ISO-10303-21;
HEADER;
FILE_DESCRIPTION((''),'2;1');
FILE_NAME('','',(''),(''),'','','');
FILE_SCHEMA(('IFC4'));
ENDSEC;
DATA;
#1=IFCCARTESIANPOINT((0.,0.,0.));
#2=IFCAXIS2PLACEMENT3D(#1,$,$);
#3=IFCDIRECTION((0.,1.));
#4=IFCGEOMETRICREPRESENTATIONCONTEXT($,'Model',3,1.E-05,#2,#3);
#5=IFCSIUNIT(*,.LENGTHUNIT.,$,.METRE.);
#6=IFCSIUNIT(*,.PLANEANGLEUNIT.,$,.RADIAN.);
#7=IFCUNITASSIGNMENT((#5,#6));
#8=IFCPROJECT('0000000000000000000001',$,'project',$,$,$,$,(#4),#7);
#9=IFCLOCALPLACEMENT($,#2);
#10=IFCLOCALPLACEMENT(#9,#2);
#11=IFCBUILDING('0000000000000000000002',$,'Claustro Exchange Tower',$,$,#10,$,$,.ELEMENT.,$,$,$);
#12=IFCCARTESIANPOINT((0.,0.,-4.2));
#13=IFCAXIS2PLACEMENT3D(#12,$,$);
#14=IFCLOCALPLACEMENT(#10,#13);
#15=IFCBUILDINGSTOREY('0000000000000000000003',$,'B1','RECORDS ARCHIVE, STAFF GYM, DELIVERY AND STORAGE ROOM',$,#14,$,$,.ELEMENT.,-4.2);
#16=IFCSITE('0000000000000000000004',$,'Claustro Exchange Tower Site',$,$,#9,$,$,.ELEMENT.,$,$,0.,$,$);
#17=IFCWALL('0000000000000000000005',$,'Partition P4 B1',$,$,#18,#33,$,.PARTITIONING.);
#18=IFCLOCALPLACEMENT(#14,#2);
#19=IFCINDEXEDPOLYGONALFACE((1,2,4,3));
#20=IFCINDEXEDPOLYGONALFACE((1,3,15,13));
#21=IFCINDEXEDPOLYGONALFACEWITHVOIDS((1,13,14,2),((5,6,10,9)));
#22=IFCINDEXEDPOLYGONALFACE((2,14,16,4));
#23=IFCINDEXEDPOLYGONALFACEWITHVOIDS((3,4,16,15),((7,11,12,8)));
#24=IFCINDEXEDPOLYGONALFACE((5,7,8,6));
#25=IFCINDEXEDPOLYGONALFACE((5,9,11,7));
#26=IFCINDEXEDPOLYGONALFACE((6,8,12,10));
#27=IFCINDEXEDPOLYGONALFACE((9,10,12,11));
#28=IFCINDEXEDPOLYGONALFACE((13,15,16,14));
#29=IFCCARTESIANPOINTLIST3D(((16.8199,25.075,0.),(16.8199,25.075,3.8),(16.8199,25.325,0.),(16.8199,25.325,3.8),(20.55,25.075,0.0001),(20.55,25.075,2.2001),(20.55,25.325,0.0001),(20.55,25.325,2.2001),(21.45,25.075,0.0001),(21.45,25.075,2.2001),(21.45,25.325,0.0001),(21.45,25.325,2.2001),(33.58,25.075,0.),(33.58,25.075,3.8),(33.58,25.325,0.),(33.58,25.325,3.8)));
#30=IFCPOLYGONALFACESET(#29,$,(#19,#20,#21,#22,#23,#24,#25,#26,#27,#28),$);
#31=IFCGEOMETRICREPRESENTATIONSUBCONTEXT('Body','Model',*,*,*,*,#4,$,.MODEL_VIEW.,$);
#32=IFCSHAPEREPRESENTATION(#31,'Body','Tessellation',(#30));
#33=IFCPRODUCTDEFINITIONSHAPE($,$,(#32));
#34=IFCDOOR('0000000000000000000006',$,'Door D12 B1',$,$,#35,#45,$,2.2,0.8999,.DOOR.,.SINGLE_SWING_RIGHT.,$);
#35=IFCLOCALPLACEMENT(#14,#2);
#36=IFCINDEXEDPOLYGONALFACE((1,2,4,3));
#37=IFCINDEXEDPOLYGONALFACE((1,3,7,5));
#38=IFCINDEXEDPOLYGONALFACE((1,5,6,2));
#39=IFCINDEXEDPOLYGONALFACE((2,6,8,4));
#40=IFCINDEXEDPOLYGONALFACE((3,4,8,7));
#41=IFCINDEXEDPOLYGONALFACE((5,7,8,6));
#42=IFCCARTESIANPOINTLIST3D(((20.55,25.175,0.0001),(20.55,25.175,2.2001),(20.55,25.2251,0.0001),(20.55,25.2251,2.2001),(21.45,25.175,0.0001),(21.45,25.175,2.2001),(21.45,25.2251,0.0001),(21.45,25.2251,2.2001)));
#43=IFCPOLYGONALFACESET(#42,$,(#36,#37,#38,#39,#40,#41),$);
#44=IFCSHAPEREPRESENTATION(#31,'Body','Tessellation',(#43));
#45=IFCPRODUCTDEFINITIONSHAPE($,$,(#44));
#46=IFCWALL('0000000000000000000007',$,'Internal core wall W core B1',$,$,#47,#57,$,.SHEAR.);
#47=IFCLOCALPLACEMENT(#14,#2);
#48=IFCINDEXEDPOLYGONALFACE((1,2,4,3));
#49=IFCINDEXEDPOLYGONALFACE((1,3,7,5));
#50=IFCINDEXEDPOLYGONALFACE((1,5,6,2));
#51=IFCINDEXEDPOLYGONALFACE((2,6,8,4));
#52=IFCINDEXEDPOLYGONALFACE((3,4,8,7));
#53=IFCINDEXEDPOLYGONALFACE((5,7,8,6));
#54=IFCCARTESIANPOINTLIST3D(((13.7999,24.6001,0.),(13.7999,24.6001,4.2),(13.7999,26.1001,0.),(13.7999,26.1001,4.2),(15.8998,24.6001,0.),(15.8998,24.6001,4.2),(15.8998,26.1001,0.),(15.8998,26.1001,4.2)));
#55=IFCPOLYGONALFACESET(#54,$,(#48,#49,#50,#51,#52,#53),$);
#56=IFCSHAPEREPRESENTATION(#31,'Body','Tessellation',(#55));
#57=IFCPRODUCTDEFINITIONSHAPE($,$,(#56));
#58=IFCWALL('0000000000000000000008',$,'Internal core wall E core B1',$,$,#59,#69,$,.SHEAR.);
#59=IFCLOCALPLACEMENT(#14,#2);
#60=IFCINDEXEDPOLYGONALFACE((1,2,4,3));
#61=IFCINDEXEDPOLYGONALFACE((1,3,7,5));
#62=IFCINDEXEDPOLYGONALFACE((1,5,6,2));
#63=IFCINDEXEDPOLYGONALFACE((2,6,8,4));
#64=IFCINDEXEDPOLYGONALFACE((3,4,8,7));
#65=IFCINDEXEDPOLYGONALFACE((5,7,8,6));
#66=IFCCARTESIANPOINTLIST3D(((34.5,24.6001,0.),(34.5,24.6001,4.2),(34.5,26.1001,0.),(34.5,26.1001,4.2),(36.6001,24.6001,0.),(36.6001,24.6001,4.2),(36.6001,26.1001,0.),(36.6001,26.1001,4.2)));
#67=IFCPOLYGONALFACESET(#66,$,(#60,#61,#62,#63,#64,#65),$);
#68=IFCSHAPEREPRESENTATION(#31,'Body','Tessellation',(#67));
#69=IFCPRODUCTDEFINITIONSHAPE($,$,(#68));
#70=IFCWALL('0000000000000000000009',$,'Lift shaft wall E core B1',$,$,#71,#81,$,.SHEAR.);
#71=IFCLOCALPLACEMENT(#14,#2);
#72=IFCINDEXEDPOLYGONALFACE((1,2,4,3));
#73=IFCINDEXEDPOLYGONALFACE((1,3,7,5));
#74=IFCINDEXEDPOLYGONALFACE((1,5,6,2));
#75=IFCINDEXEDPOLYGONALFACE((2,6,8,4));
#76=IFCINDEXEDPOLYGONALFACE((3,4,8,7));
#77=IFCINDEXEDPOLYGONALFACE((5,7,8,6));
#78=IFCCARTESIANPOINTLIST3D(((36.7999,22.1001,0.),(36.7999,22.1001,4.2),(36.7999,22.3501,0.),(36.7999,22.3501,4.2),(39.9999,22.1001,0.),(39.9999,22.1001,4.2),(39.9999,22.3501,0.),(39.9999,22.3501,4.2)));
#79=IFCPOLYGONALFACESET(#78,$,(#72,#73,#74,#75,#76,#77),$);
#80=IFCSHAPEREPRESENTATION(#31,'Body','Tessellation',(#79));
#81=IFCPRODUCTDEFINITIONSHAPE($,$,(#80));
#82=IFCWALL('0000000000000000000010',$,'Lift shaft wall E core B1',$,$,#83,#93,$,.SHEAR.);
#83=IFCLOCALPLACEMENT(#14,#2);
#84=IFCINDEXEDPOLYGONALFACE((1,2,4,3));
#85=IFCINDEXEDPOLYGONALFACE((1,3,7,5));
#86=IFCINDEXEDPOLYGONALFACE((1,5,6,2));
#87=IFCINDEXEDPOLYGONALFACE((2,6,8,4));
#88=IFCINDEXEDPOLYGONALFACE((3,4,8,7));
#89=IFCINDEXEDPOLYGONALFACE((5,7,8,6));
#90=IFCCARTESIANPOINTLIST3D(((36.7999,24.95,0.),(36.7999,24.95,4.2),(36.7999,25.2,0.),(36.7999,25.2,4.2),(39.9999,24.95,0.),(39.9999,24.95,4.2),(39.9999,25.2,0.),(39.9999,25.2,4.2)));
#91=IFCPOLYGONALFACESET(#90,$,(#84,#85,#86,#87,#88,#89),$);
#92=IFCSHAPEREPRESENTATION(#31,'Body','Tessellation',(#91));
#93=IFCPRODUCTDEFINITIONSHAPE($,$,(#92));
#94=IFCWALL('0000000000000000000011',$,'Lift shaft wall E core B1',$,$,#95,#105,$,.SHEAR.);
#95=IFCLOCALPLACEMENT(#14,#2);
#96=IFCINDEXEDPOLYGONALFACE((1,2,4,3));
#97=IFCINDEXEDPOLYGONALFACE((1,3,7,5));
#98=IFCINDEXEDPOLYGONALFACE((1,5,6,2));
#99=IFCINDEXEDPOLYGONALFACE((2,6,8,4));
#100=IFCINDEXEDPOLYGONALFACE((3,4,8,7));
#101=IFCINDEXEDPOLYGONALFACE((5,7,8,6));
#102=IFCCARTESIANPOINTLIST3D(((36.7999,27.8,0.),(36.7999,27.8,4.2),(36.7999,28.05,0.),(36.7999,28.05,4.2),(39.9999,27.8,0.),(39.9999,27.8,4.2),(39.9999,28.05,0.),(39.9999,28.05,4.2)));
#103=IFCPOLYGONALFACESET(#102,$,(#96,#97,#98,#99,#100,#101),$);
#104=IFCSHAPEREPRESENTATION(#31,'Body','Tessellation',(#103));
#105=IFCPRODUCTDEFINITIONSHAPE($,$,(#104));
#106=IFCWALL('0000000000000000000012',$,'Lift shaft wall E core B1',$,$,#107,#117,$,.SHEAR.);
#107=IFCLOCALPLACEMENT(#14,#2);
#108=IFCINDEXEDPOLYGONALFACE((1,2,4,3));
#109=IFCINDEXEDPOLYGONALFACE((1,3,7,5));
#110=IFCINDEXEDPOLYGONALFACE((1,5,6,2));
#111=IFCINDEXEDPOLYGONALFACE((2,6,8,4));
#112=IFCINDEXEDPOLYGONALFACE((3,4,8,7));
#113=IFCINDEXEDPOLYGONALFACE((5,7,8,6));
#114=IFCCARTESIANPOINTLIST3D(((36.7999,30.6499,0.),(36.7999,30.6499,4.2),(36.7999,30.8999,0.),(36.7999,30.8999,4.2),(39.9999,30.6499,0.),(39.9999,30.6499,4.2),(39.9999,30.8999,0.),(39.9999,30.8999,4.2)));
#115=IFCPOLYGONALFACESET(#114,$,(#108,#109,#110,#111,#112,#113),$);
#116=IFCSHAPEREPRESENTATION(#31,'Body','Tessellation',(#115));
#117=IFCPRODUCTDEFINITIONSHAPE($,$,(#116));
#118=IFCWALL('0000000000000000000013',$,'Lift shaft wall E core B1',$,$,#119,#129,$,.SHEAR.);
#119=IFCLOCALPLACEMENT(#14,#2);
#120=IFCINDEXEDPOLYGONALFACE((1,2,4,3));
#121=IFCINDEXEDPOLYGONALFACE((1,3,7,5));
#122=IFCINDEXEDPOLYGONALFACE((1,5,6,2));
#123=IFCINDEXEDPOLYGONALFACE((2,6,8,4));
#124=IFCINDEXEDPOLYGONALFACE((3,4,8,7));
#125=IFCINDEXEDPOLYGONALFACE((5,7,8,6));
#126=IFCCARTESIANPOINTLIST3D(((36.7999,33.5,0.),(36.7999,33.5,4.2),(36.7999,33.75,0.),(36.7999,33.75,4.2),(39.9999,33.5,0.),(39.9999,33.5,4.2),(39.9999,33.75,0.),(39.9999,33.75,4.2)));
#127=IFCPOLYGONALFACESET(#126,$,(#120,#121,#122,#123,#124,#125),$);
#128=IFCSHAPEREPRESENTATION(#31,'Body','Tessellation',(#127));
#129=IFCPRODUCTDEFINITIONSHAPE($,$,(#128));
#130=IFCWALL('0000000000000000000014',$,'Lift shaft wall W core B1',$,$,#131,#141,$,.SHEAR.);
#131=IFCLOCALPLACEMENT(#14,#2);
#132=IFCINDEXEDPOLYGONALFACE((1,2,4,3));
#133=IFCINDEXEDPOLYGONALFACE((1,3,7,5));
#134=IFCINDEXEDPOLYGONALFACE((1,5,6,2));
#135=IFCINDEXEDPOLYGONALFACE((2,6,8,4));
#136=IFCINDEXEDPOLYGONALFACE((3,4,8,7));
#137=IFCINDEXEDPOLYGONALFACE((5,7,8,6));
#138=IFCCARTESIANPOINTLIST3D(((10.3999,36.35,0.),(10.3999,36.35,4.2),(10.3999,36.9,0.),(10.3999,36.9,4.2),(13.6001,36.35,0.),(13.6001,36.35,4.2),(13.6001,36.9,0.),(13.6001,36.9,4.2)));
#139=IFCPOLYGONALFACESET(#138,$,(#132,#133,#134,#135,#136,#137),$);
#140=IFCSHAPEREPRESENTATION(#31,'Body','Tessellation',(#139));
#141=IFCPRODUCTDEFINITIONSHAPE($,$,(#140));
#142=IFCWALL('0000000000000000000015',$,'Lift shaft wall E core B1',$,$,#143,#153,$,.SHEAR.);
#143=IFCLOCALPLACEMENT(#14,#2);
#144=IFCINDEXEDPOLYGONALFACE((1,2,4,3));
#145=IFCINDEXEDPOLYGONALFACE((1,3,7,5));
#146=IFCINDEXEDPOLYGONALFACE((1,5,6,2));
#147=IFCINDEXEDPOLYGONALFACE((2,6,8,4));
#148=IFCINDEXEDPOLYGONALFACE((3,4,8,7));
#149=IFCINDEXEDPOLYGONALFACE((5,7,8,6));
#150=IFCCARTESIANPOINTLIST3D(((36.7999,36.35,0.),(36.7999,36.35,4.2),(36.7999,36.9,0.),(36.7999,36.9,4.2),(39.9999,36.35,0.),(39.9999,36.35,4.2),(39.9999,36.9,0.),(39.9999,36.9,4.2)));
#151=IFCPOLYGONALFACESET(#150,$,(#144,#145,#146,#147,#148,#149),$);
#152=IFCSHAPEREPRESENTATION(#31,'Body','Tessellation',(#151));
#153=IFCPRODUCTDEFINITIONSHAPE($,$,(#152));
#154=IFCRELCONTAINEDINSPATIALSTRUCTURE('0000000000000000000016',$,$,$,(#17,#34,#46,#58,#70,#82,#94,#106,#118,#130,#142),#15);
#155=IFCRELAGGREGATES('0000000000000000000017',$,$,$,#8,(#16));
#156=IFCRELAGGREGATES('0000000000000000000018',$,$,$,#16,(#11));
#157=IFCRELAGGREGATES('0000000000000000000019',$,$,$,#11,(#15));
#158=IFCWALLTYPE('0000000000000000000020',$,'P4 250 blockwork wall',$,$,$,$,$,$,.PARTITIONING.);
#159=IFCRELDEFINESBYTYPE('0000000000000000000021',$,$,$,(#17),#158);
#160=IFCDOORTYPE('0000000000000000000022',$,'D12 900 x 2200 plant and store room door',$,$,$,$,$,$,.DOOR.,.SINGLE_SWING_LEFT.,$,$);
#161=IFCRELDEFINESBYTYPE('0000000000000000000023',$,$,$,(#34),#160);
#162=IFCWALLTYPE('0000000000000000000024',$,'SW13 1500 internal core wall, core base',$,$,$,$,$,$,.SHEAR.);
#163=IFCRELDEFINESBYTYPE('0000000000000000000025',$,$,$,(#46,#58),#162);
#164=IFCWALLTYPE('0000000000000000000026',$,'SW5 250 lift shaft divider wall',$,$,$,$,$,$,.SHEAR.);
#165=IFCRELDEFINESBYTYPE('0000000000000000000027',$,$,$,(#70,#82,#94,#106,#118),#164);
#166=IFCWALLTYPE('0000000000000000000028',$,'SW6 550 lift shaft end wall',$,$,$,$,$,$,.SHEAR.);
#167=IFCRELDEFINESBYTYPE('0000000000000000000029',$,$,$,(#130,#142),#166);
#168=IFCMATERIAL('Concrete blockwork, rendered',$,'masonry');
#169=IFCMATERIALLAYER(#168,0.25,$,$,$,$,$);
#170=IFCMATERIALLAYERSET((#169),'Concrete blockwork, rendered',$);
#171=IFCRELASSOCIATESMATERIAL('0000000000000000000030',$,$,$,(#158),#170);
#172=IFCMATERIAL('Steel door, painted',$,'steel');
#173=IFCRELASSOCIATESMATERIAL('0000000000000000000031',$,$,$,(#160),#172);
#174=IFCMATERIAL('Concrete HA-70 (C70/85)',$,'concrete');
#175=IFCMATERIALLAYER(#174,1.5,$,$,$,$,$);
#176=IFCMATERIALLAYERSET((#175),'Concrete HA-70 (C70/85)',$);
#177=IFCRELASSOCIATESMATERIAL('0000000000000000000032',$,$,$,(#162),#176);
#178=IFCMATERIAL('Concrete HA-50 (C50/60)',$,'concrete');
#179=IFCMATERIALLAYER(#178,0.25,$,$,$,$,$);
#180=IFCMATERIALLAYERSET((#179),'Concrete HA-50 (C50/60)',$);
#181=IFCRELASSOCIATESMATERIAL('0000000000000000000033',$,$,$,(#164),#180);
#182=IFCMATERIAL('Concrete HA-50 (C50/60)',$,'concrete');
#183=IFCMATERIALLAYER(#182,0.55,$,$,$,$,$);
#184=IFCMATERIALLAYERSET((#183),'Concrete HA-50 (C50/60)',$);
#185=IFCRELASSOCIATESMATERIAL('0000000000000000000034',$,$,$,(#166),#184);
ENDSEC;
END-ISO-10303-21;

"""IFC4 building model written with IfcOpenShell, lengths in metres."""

from ifc_helpers import new_model, si_unit, direction, frame, frame_2d, origin, place, context, subcontext, project, spatial, rectangle, extrude, material, layer, layer_set, type_object, element, fill, save


model = new_model("IFC4")

# Units and contexts
model_context = context("Model", 3, precision=1e-05, world=origin(), true_north=direction((0.0, 1.0)))
body_context = subcontext(model_context, "Body", "Model", "MODEL_VIEW")
ifc_project = project(units=[si_unit("LENGTHUNIT", "METRE"), si_unit("PLANEANGLEUNIT", "RADIAN")], contexts=[model_context])

# Site, building, storey
site_placement = place(None, origin())
site = spatial("IfcSite", under=ifc_project, at=site_placement, Name="Claustro Exchange Tower Site", CompositionType="ELEMENT", RefElevation=0.0)
building_placement = place(site_placement, origin())
building = spatial("IfcBuilding", under=site, at=building_placement, Name="Claustro Exchange Tower", CompositionType="ELEMENT")
storey_placement = place(building_placement, frame((0.0, 0.0, -4.2)))
storey = spatial("IfcBuildingStorey", under=building, at=storey_placement, Name="B1", Description="RECORDS ARCHIVE, STAFF GYM, DELIVERY AND STORAGE ROOM", CompositionType="ELEMENT", Elevation=-4.2)

# Shared definitions
ifc_material_1 = material(Name="Concrete blockwork, rendered", Category="masonry")
ifc_layer_1 = layer(ifc_material_1, 0.25)
ifc_layer_set_1 = layer_set([ifc_layer_1], Name="Concrete blockwork, rendered")
wall_type_1 = type_object("IfcWallType", Name="P4 250 blockwork wall", PredefinedType="PARTITIONING", material=ifc_layer_set_1)

# Wall, opening, door
wall_1_placement = place(storey_placement, frame((16.8201, 25.2, 0.0), z_axis=(0.0, 0.0, 1.0), x_axis=(1.0, 0.0, 0.0)))
wall_1 = element("IfcWall", 1, at=wall_1_placement, inside=storey, type_object=wall_type_1, Name="Partition P4 B1", PredefinedType="PARTITIONING", context=body_context, shape_type="SweptSolid", body=[
    extrude(rectangle(XDim=16.76, YDim=0.25, at=frame_2d((8.3799, 0.0))), origin(), (0.0, 0.0, 1.0), 3.8),
])
opening_1_placement = place(wall_1_placement, frame((3.73, 0.0, 0.0)))
opening_1 = element("IfcOpeningElement", 2, at=opening_1_placement, cuts=wall_1, PredefinedType="OPENING", context=body_context, shape_type="SweptSolid", body=[
    extrude(rectangle(XDim=0.8999, YDim=2.2, at=frame_2d((0.45, 1.1001))), frame((0.0, 0.135, 0.0), z_axis=(0.0, -1.0, 0.0), x_axis=(1.0, 0.0, 0.0)), (0.0, 0.0, 1.0), 0.27),
])
ifc_material_2 = material(Name="Steel door, painted", Category="steel")
door_type_1 = type_object("IfcDoorType", Name="D12 900 x 2200 plant and store room door", OperationType="SINGLE_SWING_LEFT", PredefinedType="DOOR", material=ifc_material_2)
door_1_placement = place(opening_1_placement, frame((0.8999, 0.0, 0.0), z_axis=(0.0, 0.0, 1.0), x_axis=(-1.0, 0.0, 0.0)))
door_1 = element("IfcDoor", 3, at=door_1_placement, inside=storey, type_object=door_type_1, Name="Door D12 B1", OperationType="SINGLE_SWING_RIGHT", OverallHeight=2.2, OverallWidth=0.8999, PredefinedType="DOOR", context=body_context, shape_type="SweptSolid", body=[
    extrude(rectangle(XDim=0.8999, YDim=2.2, at=frame_2d((0.45, 1.1001))), frame((0.0, 0.0249, 0.0), z_axis=(0.0, -1.0, 0.0), x_axis=(1.0, 0.0, 0.0)), (0.0, 0.0, 1.0), 0.05),
])
fill(opening_1, door_1)

# Walls
ifc_material_3 = material(Name="Concrete HA-70 (C70/85)", Category="concrete")
ifc_layer_2 = layer(ifc_material_3, 1.5)
ifc_layer_set_2 = layer_set([ifc_layer_2], Name="Concrete HA-70 (C70/85)")
wall_type_2 = type_object("IfcWallType", Name="SW13 1500 internal core wall, core base", PredefinedType="SHEAR", material=ifc_layer_set_2)
wall_2_placement = place(storey_placement, frame((13.8, 25.3501, 0.0), z_axis=(0.0, 0.0, 1.0), x_axis=(1.0, 0.0, 0.0)))
element("IfcWall", 4, at=wall_2_placement, inside=storey, type_object=wall_type_2, Name="Internal core wall W core B1", PredefinedType="SHEAR", context=body_context, shape_type="SweptSolid", body=[
    extrude(rectangle(XDim=2.0999, YDim=1.5, at=frame_2d((1.0498, 0.0))), origin(), (0.0, 0.0, 1.0), 4.2),
])
wall_3_placement = place(storey_placement, frame((36.6001, 25.3501, 0.0), z_axis=(0.0, 0.0, 1.0), x_axis=(-1.0, 0.0, 0.0)))
element("IfcWall", 5, at=wall_3_placement, inside=storey, type_object=wall_type_2, Name="Internal core wall E core B1", PredefinedType="SHEAR", context=body_context, shape_type="SweptSolid", body=[
    extrude(rectangle(XDim=2.1001, YDim=1.5, at=frame_2d((1.05, 0.0))), origin(), (0.0, 0.0, 1.0), 4.2),
])
ifc_material_4 = material(Name="Concrete HA-50 (C50/60)", Category="concrete")
ifc_layer_3 = layer(ifc_material_4, 0.25)
ifc_layer_set_3 = layer_set([ifc_layer_3], Name="Concrete HA-50 (C50/60)")
wall_type_3 = type_object("IfcWallType", Name="SW5 250 lift shaft divider wall", PredefinedType="SHEAR", material=ifc_layer_set_3)
for number, where, z_axis, x_axis, name in (
    (6, (40.0, 22.2251, 0.0), (0.0, 0.0, 1.0), (-1.0, 0.0, 0.0), "Lift shaft wall E core B1"),
    (7, (40.0, 25.075, 0.0), (0.0, 0.0, 1.0), (-1.0, 0.0, 0.0), "Lift shaft wall E core B1"),
    (8, (40.0, 27.925, 0.0), (0.0, 0.0, 1.0), (-1.0, 0.0, 0.0), "Lift shaft wall E core B1"),
    (9, (40.0, 30.7749, 0.0), (0.0, 0.0, 1.0), (-1.0, 0.0, 0.0), "Lift shaft wall E core B1"),
    (10, (40.0, 33.625, 0.0), (0.0, 0.0, 1.0), (-1.0, 0.0, 0.0), "Lift shaft wall E core B1"),
):
    element("IfcWall", number, at=place(storey_placement, frame(where, z_axis=z_axis, x_axis=x_axis)), inside=storey, type_object=wall_type_3, Name=name, PredefinedType="SHEAR", context=body_context, shape_type="SweptSolid", body=[
        extrude(rectangle(XDim=3.2, YDim=0.25, at=frame_2d((1.6001, 0.0))), origin(), (0.0, 0.0, 1.0), 4.2),
    ])
ifc_material_5 = material(Name="Concrete HA-50 (C50/60)", Category="concrete")
ifc_layer_4 = layer(ifc_material_5, 0.55)
ifc_layer_set_4 = layer_set([ifc_layer_4], Name="Concrete HA-50 (C50/60)")
wall_type_4 = type_object("IfcWallType", Name="SW6 550 lift shaft end wall", PredefinedType="SHEAR", material=ifc_layer_set_4)
wall_4_placement = place(storey_placement, frame((10.3999, 36.625, 0.0), z_axis=(0.0, 0.0, 1.0), x_axis=(1.0, 0.0, 0.0)))
element("IfcWall", 11, at=wall_4_placement, inside=storey, type_object=wall_type_4, Name="Lift shaft wall W core B1", PredefinedType="SHEAR", context=body_context, shape_type="SweptSolid", body=[
    extrude(rectangle(XDim=3.2002, YDim=0.55, at=frame_2d((1.6001, 0.0))), origin(), (0.0, 0.0, 1.0), 4.2),
])
wall_5_placement = place(storey_placement, frame((40.0, 36.625, 0.0), z_axis=(0.0, 0.0, 1.0), x_axis=(-1.0, 0.0, 0.0)))
element("IfcWall", 12, at=wall_5_placement, inside=storey, type_object=wall_type_4, Name="Lift shaft wall E core B1", PredefinedType="SHEAR", context=body_context, shape_type="SweptSolid", body=[
    extrude(rectangle(XDim=3.2, YDim=0.55, at=frame_2d((1.6001, 0.0))), origin(), (0.0, 0.0, 1.0), 4.2),
])

save(model, "model.ifc")
